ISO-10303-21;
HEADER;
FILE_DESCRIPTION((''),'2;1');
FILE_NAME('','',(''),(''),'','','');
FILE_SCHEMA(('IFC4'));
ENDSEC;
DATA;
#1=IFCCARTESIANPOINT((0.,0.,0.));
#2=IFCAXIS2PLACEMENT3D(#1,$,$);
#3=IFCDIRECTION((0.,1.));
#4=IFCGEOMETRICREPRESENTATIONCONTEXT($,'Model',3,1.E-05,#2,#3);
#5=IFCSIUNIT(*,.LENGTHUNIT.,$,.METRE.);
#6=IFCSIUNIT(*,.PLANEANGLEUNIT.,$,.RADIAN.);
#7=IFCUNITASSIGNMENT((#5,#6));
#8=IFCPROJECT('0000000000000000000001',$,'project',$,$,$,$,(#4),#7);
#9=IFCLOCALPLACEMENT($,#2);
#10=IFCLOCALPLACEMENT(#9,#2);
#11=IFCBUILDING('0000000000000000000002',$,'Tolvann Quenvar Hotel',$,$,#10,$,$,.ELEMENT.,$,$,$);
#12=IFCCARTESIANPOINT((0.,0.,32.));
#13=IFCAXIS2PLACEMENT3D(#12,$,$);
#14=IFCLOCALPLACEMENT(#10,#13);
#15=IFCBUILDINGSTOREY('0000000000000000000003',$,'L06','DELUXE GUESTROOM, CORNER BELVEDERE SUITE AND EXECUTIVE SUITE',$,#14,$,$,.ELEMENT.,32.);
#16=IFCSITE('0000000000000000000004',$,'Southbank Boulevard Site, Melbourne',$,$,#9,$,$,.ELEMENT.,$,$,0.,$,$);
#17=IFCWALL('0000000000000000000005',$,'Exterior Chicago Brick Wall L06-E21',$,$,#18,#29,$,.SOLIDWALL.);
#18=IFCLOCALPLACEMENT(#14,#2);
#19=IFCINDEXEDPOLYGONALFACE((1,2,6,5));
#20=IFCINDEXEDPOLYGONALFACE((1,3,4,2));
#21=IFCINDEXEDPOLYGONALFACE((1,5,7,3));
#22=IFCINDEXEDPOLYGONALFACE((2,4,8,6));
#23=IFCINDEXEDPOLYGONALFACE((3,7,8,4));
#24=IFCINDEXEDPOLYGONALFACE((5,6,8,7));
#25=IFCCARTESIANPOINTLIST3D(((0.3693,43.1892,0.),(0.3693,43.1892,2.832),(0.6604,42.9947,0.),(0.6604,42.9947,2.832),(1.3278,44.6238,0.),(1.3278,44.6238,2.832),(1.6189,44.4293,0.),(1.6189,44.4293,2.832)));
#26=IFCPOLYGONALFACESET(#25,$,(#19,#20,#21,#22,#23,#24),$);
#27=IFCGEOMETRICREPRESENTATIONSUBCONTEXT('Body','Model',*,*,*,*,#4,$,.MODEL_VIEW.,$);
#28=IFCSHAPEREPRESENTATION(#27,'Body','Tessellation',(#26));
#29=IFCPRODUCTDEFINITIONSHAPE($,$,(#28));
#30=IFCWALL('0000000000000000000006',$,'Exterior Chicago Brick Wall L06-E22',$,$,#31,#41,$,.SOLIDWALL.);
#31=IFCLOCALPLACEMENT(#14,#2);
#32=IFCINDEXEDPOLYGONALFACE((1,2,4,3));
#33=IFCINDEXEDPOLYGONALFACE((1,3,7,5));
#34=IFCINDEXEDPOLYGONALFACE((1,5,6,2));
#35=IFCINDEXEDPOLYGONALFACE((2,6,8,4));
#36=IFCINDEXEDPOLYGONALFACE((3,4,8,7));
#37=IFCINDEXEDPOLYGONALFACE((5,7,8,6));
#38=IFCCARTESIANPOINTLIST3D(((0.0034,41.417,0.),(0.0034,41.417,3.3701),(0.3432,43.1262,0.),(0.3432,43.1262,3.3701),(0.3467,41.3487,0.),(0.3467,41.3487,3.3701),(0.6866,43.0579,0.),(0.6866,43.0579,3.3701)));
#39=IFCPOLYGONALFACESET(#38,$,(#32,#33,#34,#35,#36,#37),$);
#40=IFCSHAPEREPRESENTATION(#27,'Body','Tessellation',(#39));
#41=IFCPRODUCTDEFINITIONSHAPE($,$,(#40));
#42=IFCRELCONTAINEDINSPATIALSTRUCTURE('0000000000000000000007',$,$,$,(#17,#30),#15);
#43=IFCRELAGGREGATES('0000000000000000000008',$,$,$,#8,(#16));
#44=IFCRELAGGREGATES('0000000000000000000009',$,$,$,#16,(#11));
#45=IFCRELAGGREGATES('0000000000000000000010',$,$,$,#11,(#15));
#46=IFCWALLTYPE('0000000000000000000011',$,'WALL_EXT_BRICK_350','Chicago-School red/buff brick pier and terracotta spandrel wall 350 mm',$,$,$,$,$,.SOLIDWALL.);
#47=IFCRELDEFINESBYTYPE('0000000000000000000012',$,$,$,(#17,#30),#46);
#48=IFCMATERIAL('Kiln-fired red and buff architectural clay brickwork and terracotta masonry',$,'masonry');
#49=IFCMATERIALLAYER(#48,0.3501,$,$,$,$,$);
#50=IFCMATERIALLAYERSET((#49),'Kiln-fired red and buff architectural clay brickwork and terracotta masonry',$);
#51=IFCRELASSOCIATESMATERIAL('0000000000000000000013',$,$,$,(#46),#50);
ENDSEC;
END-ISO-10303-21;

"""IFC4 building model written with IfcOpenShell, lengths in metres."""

from ifc_helpers import new_model, si_unit, direction, frame, frame_2d, origin, place, context, subcontext, project, spatial, rectangle, extrude, material, layer, layer_set, type_object, element, save


model = new_model("IFC4")

# Units and contexts
model_context = context("Model", 3, precision=1e-05, world=origin(), true_north=direction((0.0, 1.0)))
body_context = subcontext(model_context, "Body", "Model", "MODEL_VIEW")
ifc_project = project(units=[si_unit("LENGTHUNIT", "METRE"), si_unit("PLANEANGLEUNIT", "RADIAN")], contexts=[model_context])

# Site, building, storey
site_placement = place(None, origin())
site = spatial("IfcSite", under=ifc_project, at=site_placement, Name="Southbank Boulevard Site, Melbourne", CompositionType="ELEMENT", RefElevation=0.0)
building_placement = place(site_placement, origin())
building = spatial("IfcBuilding", under=site, at=building_placement, Name="Tolvann Quenvar Hotel", CompositionType="ELEMENT")
storey_placement = place(building_placement, frame((0.0, 0.0, 32.0)))
storey = spatial("IfcBuildingStorey", under=building, at=storey_placement, Name="L06", Description="DELUXE GUESTROOM, CORNER BELVEDERE SUITE AND EXECUTIVE SUITE", CompositionType="ELEMENT", Elevation=32.0)

# Walls
ifc_material_1 = material(Name="Kiln-fired red and buff architectural clay brickwork and terracotta masonry", Category="masonry")
ifc_layer_1 = layer(ifc_material_1, 0.3501)
ifc_layer_set_1 = layer_set([ifc_layer_1], Name="Kiln-fired red and buff architectural clay brickwork and terracotta masonry")
wall_type_1 = type_object("IfcWallType", Name="WALL_EXT_BRICK_350", Description="Chicago-School red/buff brick pier and terracotta spandrel wall 350 mm", PredefinedType="SOLIDWALL", material=ifc_layer_set_1)
for number, where, z_axis, x_axis, name in (
    (1, (1.4734, 44.5266, 0.0), (0.0, 0.0, 1.0), (-0.555549, -0.831484, 0.0), "Exterior Chicago Brick Wall L06-E21"),
):
    element("IfcWall", number, at=place(storey_placement, frame(where, z_axis=z_axis, x_axis=x_axis)), inside=storey, type_object=wall_type_1, Name=name, PredefinedType="SOLIDWALL", context=body_context, shape_type="SweptSolid", body=[
        extrude(rectangle(XDim=1.7253, YDim=0.3501, at=frame_2d((0.8628, 0.0))), origin(), (0.0, 0.0, 1.0), 2.832),
    ])
wall_1_placement = place(storey_placement, frame((0.5149, 43.092, 0.0), z_axis=(0.0, 0.0, 1.0), x_axis=(-0.195011, -0.980801, 0.0)))
element("IfcWall", 2, at=wall_1_placement, inside=storey, type_object=wall_type_1, Name="Exterior Chicago Brick Wall L06-E22", PredefinedType="SOLIDWALL", context=body_context, shape_type="SweptSolid", body=[
    extrude(rectangle(XDim=1.7427, YDim=0.3501, at=frame_2d((0.8713, 0.0))), origin(), (0.0, 0.0, 1.0), 3.3701),
])

save(model, "model.ifc")
